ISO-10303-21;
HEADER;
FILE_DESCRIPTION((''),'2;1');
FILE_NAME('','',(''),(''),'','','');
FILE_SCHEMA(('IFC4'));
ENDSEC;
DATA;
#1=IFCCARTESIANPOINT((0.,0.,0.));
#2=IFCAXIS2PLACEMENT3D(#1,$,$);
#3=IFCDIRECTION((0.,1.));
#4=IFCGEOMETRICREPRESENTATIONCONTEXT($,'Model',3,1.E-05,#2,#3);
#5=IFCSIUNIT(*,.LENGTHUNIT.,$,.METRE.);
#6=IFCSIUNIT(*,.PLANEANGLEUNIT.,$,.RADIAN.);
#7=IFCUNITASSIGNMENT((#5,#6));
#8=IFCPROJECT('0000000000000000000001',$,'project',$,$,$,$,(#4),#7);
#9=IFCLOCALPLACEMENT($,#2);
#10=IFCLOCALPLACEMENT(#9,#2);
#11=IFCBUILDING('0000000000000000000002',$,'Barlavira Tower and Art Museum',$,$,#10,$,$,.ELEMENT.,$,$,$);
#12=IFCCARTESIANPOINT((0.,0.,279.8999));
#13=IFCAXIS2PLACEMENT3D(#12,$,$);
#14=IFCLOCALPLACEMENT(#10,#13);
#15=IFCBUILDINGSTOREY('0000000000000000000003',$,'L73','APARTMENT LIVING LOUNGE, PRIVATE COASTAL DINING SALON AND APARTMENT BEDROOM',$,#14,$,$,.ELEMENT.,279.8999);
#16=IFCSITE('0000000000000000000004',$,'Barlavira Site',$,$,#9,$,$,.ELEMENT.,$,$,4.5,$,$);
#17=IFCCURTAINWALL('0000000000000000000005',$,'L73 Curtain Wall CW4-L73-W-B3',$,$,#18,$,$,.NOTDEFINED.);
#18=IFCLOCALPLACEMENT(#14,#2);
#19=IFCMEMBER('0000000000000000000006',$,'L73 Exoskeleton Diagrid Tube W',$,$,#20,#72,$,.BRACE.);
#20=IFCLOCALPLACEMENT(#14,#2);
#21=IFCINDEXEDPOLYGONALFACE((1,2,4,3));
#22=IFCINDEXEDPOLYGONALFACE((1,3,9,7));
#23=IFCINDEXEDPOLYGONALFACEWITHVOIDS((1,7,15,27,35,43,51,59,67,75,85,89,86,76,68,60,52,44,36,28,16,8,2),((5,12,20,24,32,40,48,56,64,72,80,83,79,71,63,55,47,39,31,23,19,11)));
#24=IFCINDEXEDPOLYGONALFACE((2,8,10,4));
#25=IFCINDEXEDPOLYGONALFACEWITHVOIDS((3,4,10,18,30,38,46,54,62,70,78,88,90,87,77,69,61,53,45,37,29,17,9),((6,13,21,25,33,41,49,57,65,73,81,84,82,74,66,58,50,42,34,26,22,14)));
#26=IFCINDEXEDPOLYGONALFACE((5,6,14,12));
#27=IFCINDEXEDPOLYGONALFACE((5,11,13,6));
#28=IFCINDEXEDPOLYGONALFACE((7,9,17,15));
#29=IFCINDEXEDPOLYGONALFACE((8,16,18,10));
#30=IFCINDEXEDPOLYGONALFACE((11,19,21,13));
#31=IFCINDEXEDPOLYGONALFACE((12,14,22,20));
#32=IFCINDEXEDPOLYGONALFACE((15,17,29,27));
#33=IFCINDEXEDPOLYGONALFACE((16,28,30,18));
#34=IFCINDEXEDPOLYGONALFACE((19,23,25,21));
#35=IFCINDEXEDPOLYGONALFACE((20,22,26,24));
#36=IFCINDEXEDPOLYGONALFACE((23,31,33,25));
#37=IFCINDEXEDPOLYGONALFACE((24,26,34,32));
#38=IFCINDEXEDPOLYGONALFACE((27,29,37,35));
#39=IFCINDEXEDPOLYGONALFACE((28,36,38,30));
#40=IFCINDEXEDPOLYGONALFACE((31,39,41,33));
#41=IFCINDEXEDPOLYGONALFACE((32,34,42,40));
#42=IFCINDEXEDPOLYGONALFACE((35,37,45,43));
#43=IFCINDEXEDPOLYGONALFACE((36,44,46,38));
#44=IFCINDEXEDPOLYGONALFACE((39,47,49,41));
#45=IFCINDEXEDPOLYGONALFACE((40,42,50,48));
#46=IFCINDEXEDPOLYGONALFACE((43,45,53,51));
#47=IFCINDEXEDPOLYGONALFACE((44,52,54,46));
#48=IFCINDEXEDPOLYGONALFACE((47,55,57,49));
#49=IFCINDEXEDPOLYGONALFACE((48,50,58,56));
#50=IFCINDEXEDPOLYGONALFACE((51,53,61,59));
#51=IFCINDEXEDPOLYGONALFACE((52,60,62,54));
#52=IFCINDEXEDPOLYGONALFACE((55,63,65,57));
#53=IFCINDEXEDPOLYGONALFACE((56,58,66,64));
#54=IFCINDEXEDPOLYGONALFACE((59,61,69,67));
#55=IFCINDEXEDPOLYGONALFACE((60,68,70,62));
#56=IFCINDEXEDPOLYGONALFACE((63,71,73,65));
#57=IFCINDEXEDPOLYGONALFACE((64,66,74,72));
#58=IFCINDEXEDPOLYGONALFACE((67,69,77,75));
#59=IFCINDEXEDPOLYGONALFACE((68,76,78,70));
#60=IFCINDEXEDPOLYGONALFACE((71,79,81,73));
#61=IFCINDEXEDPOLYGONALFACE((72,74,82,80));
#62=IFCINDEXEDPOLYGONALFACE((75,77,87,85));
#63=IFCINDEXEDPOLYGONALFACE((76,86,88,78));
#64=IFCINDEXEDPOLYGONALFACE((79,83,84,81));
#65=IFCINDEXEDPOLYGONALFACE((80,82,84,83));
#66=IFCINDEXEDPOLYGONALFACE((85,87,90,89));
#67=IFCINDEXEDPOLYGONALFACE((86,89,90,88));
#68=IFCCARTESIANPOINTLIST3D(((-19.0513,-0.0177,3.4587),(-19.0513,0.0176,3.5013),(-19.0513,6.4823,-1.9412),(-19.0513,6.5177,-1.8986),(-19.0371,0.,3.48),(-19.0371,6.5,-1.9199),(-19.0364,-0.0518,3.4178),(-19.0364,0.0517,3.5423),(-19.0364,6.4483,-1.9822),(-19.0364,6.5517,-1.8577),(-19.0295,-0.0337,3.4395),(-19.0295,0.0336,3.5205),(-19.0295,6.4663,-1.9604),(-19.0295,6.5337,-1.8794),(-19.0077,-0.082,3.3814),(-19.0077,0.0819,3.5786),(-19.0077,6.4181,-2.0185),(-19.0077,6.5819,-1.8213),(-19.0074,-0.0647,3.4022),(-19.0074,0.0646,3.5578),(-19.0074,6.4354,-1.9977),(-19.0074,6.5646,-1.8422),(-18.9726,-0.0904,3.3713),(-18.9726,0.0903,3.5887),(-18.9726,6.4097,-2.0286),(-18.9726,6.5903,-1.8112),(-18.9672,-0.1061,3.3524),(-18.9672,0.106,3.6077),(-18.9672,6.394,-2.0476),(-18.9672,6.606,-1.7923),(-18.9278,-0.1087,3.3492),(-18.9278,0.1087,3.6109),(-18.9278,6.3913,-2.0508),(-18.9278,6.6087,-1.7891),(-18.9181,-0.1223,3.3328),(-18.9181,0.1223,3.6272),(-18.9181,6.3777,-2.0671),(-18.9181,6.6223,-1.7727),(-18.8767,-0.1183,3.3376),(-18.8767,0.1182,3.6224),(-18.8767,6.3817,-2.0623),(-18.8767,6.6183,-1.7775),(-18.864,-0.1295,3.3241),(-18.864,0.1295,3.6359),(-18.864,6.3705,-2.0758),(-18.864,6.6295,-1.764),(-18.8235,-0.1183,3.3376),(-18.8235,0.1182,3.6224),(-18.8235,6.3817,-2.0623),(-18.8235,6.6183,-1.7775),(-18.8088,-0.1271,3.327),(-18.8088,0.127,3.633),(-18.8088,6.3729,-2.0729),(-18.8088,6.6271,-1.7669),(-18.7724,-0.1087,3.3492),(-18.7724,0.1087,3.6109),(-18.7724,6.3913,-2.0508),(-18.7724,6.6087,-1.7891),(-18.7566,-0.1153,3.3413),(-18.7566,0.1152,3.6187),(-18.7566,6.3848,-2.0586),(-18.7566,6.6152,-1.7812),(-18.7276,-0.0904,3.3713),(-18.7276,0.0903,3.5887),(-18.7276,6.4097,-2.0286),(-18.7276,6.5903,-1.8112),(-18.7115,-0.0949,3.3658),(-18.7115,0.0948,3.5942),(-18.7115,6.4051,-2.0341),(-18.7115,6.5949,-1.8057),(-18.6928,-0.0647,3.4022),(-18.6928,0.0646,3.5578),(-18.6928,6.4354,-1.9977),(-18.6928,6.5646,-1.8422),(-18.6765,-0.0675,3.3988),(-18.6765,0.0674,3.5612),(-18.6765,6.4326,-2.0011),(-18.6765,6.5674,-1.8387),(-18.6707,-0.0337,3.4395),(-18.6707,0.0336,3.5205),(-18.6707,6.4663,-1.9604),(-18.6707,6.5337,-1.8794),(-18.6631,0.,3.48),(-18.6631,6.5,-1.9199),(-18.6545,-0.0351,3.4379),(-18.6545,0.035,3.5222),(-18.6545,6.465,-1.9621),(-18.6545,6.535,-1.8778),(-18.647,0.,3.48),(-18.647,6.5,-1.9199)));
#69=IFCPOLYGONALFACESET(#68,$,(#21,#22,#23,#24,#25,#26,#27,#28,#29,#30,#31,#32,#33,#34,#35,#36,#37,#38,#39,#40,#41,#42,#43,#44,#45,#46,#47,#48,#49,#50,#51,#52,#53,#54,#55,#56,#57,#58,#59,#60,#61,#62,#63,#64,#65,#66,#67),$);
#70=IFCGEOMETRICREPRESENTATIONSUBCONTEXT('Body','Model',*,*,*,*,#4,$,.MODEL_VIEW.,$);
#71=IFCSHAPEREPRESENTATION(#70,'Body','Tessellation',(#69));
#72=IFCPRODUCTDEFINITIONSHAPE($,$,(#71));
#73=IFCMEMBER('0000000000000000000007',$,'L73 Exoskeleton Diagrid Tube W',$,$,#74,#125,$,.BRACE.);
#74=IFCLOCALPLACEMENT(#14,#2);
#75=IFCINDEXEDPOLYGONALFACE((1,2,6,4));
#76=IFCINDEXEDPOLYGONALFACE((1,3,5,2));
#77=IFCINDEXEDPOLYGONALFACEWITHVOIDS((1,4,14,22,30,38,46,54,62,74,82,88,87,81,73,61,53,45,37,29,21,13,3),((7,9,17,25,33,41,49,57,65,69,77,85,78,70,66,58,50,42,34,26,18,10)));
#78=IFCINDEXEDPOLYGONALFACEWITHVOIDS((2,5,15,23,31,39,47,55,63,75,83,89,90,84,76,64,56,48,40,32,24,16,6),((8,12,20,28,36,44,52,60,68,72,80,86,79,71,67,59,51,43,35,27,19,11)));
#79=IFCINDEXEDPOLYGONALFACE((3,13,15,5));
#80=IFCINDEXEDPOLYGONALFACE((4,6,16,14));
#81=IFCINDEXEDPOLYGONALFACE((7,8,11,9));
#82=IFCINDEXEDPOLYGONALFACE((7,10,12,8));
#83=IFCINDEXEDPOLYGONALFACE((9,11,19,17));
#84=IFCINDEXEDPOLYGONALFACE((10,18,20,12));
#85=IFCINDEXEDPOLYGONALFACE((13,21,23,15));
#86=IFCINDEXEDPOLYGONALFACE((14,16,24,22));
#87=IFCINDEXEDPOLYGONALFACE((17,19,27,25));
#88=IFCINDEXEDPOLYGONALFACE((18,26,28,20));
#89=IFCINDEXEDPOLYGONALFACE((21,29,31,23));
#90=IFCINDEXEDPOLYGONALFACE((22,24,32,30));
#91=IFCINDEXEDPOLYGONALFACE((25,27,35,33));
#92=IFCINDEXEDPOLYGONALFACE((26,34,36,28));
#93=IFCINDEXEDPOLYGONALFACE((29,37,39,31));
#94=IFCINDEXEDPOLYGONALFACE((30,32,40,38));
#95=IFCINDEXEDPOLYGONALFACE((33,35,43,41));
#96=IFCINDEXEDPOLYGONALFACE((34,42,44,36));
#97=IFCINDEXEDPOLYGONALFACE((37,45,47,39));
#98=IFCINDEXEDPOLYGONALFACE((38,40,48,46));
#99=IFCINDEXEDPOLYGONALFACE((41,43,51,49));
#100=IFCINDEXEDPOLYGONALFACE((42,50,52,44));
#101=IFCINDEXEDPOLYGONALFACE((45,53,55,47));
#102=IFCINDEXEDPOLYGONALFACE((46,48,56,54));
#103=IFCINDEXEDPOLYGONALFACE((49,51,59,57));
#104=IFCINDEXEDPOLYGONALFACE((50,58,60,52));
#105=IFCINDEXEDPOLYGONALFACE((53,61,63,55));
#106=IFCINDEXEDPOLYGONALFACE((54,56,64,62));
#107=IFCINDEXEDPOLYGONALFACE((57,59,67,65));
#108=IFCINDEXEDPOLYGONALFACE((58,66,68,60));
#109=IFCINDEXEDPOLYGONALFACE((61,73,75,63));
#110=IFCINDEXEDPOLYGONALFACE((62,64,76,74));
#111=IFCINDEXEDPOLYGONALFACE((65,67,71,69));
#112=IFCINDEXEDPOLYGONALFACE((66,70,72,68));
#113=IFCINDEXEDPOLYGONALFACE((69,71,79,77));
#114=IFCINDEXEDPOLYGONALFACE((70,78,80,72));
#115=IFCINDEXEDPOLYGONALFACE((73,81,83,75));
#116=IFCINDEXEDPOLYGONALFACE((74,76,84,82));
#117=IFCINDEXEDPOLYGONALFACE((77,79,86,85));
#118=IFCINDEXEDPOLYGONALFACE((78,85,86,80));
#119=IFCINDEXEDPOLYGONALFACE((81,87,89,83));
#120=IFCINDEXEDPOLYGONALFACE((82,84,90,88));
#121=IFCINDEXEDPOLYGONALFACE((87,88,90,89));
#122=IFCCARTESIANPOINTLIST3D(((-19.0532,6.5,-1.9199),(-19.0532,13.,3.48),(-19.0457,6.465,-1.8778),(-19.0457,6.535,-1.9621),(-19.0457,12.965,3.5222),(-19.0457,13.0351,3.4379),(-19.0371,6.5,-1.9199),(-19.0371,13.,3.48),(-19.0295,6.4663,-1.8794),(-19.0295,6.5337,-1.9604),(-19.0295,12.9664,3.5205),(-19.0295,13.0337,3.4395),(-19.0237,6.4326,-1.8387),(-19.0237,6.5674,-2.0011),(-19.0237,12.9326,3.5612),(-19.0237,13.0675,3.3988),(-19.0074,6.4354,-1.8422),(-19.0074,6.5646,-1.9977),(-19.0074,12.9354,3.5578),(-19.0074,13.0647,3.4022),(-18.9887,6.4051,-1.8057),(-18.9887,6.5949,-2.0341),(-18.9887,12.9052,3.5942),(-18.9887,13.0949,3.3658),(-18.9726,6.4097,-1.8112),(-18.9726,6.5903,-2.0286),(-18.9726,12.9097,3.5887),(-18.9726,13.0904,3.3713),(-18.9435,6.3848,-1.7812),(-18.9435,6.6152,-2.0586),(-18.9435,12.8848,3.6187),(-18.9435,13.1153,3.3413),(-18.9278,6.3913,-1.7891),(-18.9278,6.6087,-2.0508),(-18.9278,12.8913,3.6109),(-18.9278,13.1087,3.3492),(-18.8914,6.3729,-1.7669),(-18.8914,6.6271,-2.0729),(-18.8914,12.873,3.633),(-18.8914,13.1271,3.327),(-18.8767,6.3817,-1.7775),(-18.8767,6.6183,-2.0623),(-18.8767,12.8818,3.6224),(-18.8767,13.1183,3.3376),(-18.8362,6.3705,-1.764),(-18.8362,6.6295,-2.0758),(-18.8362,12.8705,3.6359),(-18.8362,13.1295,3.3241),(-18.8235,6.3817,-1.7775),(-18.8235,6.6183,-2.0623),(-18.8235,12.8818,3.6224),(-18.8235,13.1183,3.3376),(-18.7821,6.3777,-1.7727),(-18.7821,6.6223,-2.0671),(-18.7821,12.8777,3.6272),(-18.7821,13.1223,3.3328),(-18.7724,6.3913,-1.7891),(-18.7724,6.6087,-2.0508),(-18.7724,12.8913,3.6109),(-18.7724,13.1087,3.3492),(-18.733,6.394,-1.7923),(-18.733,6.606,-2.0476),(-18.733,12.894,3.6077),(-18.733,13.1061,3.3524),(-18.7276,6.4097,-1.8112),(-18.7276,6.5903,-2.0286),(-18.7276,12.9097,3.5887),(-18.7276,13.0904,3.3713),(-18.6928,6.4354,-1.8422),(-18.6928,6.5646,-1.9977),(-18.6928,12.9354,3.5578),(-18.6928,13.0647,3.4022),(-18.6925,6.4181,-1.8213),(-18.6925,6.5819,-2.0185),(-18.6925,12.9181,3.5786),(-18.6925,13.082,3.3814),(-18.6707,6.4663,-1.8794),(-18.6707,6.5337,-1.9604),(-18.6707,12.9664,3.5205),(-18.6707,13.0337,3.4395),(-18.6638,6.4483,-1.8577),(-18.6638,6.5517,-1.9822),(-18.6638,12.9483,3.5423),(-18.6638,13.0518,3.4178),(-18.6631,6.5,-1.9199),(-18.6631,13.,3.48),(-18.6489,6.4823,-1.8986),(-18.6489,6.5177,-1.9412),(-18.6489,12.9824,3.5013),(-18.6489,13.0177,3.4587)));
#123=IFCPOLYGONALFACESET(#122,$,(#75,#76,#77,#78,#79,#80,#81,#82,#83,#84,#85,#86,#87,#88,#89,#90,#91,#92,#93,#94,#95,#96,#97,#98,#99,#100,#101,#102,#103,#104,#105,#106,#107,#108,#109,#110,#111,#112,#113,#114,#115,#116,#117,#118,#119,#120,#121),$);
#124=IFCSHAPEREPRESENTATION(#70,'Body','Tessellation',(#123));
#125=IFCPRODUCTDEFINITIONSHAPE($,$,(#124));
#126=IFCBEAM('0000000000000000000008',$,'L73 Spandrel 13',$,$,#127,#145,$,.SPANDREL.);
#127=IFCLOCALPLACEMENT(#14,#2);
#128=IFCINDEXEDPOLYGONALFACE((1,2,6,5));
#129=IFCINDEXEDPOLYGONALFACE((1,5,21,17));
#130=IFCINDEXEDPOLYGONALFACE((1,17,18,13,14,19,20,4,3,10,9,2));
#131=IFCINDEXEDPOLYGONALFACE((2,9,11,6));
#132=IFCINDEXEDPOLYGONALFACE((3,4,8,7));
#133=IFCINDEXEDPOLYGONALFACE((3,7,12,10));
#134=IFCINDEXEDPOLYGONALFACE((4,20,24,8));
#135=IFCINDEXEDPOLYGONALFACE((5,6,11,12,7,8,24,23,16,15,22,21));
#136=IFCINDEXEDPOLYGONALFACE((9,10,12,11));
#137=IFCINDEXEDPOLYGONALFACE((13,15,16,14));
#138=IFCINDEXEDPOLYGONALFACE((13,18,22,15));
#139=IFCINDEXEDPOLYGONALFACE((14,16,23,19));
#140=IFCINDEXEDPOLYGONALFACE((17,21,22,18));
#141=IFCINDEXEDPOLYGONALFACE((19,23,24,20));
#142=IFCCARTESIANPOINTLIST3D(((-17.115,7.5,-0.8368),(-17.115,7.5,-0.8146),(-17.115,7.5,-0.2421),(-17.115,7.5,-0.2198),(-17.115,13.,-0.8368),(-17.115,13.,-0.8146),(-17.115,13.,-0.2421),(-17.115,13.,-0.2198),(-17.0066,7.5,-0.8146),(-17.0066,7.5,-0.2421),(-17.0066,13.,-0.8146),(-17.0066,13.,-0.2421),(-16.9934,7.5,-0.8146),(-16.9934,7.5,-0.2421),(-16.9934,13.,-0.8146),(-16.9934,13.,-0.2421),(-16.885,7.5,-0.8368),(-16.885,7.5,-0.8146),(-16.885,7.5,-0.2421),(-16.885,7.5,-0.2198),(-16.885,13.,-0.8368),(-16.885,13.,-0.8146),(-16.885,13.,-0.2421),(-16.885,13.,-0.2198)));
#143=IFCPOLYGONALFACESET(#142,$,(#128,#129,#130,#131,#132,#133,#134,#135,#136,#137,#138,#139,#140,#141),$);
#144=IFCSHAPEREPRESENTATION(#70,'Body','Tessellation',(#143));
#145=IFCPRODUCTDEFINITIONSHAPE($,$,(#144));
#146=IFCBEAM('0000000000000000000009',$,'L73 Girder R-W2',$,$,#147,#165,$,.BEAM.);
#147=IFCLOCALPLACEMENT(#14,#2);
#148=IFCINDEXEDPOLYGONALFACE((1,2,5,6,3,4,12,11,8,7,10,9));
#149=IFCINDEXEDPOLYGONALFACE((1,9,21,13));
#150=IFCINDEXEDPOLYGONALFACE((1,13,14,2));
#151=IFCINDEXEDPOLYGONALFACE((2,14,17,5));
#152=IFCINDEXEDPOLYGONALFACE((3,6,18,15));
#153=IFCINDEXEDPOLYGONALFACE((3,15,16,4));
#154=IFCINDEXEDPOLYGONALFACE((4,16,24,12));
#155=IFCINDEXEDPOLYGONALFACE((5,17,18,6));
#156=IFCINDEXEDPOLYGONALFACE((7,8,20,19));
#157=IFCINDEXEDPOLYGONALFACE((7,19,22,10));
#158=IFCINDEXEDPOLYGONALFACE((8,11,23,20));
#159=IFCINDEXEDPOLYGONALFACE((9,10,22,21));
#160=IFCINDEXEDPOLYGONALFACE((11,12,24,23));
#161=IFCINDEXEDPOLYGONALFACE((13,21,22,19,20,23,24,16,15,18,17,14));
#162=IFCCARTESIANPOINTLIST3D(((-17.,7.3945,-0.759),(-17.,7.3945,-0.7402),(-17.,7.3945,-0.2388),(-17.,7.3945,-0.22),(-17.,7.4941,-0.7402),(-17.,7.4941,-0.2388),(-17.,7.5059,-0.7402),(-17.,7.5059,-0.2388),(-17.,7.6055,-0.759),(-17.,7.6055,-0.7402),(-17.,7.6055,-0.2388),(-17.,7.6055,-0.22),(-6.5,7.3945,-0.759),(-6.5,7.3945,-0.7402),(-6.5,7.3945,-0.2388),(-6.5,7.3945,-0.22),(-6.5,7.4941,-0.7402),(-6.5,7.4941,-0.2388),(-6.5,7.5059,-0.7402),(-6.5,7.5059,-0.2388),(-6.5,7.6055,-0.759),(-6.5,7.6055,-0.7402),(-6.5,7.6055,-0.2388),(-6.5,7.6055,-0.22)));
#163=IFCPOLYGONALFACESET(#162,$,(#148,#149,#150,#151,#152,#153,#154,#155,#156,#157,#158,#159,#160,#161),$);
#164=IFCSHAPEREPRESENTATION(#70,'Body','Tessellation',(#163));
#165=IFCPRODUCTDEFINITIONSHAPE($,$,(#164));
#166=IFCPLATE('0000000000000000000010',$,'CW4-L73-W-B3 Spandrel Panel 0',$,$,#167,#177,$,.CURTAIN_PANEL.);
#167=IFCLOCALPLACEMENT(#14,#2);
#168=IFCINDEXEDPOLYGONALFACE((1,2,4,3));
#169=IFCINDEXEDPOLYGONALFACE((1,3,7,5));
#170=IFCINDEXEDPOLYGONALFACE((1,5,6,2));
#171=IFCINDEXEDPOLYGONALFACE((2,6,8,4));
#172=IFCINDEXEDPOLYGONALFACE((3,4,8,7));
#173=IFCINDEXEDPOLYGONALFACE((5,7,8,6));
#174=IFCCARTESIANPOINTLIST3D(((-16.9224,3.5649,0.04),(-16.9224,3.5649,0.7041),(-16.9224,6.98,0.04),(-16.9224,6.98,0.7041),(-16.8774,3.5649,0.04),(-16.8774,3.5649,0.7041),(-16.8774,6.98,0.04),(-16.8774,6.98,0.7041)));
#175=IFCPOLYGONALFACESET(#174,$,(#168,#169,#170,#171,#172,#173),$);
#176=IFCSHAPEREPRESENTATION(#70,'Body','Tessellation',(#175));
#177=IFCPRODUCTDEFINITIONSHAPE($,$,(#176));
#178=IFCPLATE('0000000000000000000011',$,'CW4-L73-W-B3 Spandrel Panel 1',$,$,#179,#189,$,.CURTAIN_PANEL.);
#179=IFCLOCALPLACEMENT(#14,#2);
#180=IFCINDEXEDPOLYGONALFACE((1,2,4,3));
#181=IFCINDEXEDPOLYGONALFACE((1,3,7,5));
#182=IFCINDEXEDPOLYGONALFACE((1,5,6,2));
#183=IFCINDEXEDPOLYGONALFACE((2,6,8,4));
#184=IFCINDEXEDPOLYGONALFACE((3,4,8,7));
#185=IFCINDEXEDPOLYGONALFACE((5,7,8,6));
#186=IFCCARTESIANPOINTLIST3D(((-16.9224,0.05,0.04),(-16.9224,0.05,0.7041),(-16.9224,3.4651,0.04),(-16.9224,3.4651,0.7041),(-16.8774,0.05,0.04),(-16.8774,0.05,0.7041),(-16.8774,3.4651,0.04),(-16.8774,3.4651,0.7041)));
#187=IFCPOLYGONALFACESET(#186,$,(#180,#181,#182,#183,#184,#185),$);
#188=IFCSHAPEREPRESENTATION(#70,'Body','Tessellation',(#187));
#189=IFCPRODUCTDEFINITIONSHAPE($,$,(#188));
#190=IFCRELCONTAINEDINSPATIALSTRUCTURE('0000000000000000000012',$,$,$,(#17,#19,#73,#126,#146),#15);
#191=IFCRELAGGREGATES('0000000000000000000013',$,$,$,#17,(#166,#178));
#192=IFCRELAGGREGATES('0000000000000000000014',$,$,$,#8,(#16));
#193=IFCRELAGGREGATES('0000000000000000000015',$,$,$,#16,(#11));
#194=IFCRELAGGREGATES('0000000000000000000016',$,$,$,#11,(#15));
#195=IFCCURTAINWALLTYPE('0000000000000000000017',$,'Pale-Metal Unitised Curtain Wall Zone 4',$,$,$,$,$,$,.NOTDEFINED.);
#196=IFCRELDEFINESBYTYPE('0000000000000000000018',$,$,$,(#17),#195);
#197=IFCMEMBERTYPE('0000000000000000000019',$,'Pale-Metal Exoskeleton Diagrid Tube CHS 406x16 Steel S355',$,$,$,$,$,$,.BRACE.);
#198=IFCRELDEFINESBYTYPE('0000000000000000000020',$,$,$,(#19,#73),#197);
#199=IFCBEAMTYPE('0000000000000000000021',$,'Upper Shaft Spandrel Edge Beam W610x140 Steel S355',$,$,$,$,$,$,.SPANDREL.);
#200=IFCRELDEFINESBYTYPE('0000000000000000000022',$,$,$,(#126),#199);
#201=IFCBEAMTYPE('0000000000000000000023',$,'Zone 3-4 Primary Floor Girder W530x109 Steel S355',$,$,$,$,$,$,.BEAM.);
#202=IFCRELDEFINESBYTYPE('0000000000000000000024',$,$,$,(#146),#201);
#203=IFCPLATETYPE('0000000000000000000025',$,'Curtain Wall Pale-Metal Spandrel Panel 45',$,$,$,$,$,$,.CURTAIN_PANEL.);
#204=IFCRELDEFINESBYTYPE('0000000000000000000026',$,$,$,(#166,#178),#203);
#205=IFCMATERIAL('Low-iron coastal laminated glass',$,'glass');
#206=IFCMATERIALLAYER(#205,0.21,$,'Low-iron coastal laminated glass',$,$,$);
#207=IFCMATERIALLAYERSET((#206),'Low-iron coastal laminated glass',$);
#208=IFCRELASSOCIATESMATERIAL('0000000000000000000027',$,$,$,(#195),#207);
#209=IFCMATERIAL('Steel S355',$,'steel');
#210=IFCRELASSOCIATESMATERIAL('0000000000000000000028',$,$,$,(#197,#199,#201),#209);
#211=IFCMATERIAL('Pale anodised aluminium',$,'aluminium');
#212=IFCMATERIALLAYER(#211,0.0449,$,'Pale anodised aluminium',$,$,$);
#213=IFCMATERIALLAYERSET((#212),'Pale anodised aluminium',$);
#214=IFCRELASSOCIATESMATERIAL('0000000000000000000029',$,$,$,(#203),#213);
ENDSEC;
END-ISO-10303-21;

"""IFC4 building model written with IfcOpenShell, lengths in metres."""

from ifc_helpers import new_model, si_unit, direction, frame, origin, origin_2d, place, context, subcontext, project, spatial, rectangle, hollow_circle, i_section, extrude, material, layer, layer_set, material_profile, profile_set, type_object, element, aggregate, save


model = new_model("IFC4")

# Units and contexts
model_context = context("Model", 3, precision=1e-05, world=origin(), true_north=direction((0.0, 1.0)))
body_context = subcontext(model_context, "Body", "Model", "MODEL_VIEW")
ifc_project = project(units=[si_unit("LENGTHUNIT", "METRE"), si_unit("PLANEANGLEUNIT", "RADIAN")], contexts=[model_context])

# Site, building, storey
site_placement = place(None, origin())
site = spatial("IfcSite", under=ifc_project, at=site_placement, Name="Barlavira Site", CompositionType="ELEMENT", RefElevation=4.5)
building_placement = place(site_placement, origin())
building = spatial("IfcBuilding", under=site, at=building_placement, Name="Barlavira Tower and Art Museum", CompositionType="ELEMENT")
storey_placement = place(building_placement, frame((0.0, 0.0, 279.8999)))
storey = spatial("IfcBuildingStorey", under=building, at=storey_placement, Name="L73", Description="APARTMENT LIVING LOUNGE, PRIVATE COASTAL DINING SALON AND APARTMENT BEDROOM", CompositionType="ELEMENT", Elevation=279.8999)

# Curtain wall
ifc_material_1 = material(Name="Low-iron coastal laminated glass", Category="glass")
ifc_layer_1 = layer(ifc_material_1, 0.21, Name="Low-iron coastal laminated glass")
ifc_layer_set_1 = layer_set([ifc_layer_1], Name="Low-iron coastal laminated glass")
curtain_wall_type = type_object("IfcCurtainWallType", Name="Pale-Metal Unitised Curtain Wall Zone 4", PredefinedType="NOTDEFINED", material=ifc_layer_set_1)
curtain_wall_placement = place(storey_placement, origin())
curtain_wall = element("IfcCurtainWall", 1, at=curtain_wall_placement, inside=storey, type_object=curtain_wall_type, Name="L73 Curtain Wall CW4-L73-W-B3", PredefinedType="NOTDEFINED")
ifc_material_2 = material(Name="Pale anodised aluminium", Category="aluminium")

# Members
ifc_material_3 = material(Name="Steel S355", Category="steel")
ifc_material_profile_1 = material_profile(ifc_material_3, hollow_circle(Radius=0.2031, WallThickness=0.0161, at=origin_2d()), Name="CHS 406.4x16.0")
ifc_profile_set_1 = profile_set([ifc_material_profile_1], Name="Steel S355")
member_type_1 = type_object("IfcMemberType", Name="Pale-Metal Exoskeleton Diagrid Tube CHS 406x16 Steel S355", PredefinedType="BRACE", material=ifc_profile_set_1)
for number, where, z_axis, x_axis, name in (
    (2, (-18.8501, 6.5, -1.9199), (0.0, -0.769196, 0.639013), (1.0, 0.0, 0.0), "L73 Exoskeleton Diagrid Tube W"),
    (3, (-18.8501, 6.5, -1.9199), (0.0, 0.769196, 0.639013), (-1.0, 0.0, 0.0), "L73 Exoskeleton Diagrid Tube W"),
):
    element("IfcMember", number, at=place(storey_placement, frame(where, z_axis=z_axis, x_axis=x_axis)), inside=storey, type_object=member_type_1, Name=name, PredefinedType="BRACE", context=body_context, shape_type="SweptSolid", body=[
        extrude(hollow_circle(Radius=0.2031, WallThickness=0.0161, at=origin_2d()), origin(), (0.0, 0.0, 1.0), 8.4504),
    ])

# Beams
ifc_material_profile_2 = material_profile(ifc_material_3, i_section(OverallWidth=0.23, OverallDepth=0.6169, WebThickness=0.0132, FlangeThickness=0.0222, at=origin_2d()), Name="W610x140.0")
ifc_profile_set_2 = profile_set([ifc_material_profile_2], Name="Steel S355")
beam_type_1 = type_object("IfcBeamType", Name="Upper Shaft Spandrel Edge Beam W610x140 Steel S355", PredefinedType="SPANDREL", material=ifc_profile_set_2)
beam_1_placement = place(storey_placement, frame((-17.0, 7.5, -0.5283), z_axis=(0.0, 1.0, 0.0), x_axis=(-1.0, 0.0, 0.0)))
element("IfcBeam", 4, at=beam_1_placement, inside=storey, type_object=beam_type_1, Name="L73 Spandrel 13", PredefinedType="SPANDREL", context=body_context, shape_type="SweptSolid", body=[
    extrude(i_section(OverallWidth=0.23, OverallDepth=0.6169, WebThickness=0.0132, FlangeThickness=0.0222, at=origin_2d()), origin(), (0.0, 0.0, 1.0), 5.5),
])
ifc_material_profile_3 = material_profile(ifc_material_3, i_section(OverallWidth=0.2109, OverallDepth=0.5391, WebThickness=0.0117, FlangeThickness=0.0188, at=origin_2d()), Name="W530x109.0")
ifc_profile_set_3 = profile_set([ifc_material_profile_3], Name="Steel S355")
beam_type_2 = type_object("IfcBeamType", Name="Zone 3-4 Primary Floor Girder W530x109 Steel S355", PredefinedType="BEAM", material=ifc_profile_set_3)
beam_2_placement = place(storey_placement, frame((-17.0, 7.5, -0.4895), z_axis=(1.0, 0.0, 0.0), x_axis=(0.0, 1.0, 0.0)))
element("IfcBeam", 5, at=beam_2_placement, inside=storey, type_object=beam_type_2, Name="L73 Girder R-W2", PredefinedType="BEAM", context=body_context, shape_type="SweptSolid", body=[
    extrude(i_section(OverallWidth=0.2109, OverallDepth=0.5391, WebThickness=0.0117, FlangeThickness=0.0188, at=origin_2d()), origin(), (0.0, 0.0, 1.0), 10.5),
])

# Plates
ifc_layer_2 = layer(ifc_material_2, 0.0449, Name="Pale anodised aluminium")
ifc_layer_set_2 = layer_set([ifc_layer_2], Name="Pale anodised aluminium")
plate_type_1 = type_object("IfcPlateType", Name="Curtain Wall Pale-Metal Spandrel Panel 45", PredefinedType="CURTAIN_PANEL", material=ifc_layer_set_2)
plate_1_placement = place(storey_placement, frame((-16.8999, 5.2725, 0.04), z_axis=(0.0, 0.0, 1.0), x_axis=(0.0, -1.0, 0.0)))
plate_1 = element("IfcPlate", 6, at=plate_1_placement, type_object=plate_type_1, Name="CW4-L73-W-B3 Spandrel Panel 0", PredefinedType="CURTAIN_PANEL", context=body_context, shape_type="SweptSolid", body=[
    extrude(rectangle(XDim=3.415, YDim=0.0449, at=origin_2d()), origin(), (0.0, 0.0, 1.0), 0.6641),
])
plate_2_placement = place(storey_placement, frame((-16.8999, 1.7576, 0.04), z_axis=(0.0, 0.0, 1.0), x_axis=(0.0, -1.0, 0.0)))
plate_2 = element("IfcPlate", 7, at=plate_2_placement, type_object=plate_type_1, Name="CW4-L73-W-B3 Spandrel Panel 1", PredefinedType="CURTAIN_PANEL", context=body_context, shape_type="SweptSolid", body=[
    extrude(rectangle(XDim=3.415, YDim=0.0449, at=origin_2d()), origin(), (0.0, 0.0, 1.0), 0.6641),
])
aggregate(curtain_wall, [plate_1, plate_2])

save(model, "model.ifc")
